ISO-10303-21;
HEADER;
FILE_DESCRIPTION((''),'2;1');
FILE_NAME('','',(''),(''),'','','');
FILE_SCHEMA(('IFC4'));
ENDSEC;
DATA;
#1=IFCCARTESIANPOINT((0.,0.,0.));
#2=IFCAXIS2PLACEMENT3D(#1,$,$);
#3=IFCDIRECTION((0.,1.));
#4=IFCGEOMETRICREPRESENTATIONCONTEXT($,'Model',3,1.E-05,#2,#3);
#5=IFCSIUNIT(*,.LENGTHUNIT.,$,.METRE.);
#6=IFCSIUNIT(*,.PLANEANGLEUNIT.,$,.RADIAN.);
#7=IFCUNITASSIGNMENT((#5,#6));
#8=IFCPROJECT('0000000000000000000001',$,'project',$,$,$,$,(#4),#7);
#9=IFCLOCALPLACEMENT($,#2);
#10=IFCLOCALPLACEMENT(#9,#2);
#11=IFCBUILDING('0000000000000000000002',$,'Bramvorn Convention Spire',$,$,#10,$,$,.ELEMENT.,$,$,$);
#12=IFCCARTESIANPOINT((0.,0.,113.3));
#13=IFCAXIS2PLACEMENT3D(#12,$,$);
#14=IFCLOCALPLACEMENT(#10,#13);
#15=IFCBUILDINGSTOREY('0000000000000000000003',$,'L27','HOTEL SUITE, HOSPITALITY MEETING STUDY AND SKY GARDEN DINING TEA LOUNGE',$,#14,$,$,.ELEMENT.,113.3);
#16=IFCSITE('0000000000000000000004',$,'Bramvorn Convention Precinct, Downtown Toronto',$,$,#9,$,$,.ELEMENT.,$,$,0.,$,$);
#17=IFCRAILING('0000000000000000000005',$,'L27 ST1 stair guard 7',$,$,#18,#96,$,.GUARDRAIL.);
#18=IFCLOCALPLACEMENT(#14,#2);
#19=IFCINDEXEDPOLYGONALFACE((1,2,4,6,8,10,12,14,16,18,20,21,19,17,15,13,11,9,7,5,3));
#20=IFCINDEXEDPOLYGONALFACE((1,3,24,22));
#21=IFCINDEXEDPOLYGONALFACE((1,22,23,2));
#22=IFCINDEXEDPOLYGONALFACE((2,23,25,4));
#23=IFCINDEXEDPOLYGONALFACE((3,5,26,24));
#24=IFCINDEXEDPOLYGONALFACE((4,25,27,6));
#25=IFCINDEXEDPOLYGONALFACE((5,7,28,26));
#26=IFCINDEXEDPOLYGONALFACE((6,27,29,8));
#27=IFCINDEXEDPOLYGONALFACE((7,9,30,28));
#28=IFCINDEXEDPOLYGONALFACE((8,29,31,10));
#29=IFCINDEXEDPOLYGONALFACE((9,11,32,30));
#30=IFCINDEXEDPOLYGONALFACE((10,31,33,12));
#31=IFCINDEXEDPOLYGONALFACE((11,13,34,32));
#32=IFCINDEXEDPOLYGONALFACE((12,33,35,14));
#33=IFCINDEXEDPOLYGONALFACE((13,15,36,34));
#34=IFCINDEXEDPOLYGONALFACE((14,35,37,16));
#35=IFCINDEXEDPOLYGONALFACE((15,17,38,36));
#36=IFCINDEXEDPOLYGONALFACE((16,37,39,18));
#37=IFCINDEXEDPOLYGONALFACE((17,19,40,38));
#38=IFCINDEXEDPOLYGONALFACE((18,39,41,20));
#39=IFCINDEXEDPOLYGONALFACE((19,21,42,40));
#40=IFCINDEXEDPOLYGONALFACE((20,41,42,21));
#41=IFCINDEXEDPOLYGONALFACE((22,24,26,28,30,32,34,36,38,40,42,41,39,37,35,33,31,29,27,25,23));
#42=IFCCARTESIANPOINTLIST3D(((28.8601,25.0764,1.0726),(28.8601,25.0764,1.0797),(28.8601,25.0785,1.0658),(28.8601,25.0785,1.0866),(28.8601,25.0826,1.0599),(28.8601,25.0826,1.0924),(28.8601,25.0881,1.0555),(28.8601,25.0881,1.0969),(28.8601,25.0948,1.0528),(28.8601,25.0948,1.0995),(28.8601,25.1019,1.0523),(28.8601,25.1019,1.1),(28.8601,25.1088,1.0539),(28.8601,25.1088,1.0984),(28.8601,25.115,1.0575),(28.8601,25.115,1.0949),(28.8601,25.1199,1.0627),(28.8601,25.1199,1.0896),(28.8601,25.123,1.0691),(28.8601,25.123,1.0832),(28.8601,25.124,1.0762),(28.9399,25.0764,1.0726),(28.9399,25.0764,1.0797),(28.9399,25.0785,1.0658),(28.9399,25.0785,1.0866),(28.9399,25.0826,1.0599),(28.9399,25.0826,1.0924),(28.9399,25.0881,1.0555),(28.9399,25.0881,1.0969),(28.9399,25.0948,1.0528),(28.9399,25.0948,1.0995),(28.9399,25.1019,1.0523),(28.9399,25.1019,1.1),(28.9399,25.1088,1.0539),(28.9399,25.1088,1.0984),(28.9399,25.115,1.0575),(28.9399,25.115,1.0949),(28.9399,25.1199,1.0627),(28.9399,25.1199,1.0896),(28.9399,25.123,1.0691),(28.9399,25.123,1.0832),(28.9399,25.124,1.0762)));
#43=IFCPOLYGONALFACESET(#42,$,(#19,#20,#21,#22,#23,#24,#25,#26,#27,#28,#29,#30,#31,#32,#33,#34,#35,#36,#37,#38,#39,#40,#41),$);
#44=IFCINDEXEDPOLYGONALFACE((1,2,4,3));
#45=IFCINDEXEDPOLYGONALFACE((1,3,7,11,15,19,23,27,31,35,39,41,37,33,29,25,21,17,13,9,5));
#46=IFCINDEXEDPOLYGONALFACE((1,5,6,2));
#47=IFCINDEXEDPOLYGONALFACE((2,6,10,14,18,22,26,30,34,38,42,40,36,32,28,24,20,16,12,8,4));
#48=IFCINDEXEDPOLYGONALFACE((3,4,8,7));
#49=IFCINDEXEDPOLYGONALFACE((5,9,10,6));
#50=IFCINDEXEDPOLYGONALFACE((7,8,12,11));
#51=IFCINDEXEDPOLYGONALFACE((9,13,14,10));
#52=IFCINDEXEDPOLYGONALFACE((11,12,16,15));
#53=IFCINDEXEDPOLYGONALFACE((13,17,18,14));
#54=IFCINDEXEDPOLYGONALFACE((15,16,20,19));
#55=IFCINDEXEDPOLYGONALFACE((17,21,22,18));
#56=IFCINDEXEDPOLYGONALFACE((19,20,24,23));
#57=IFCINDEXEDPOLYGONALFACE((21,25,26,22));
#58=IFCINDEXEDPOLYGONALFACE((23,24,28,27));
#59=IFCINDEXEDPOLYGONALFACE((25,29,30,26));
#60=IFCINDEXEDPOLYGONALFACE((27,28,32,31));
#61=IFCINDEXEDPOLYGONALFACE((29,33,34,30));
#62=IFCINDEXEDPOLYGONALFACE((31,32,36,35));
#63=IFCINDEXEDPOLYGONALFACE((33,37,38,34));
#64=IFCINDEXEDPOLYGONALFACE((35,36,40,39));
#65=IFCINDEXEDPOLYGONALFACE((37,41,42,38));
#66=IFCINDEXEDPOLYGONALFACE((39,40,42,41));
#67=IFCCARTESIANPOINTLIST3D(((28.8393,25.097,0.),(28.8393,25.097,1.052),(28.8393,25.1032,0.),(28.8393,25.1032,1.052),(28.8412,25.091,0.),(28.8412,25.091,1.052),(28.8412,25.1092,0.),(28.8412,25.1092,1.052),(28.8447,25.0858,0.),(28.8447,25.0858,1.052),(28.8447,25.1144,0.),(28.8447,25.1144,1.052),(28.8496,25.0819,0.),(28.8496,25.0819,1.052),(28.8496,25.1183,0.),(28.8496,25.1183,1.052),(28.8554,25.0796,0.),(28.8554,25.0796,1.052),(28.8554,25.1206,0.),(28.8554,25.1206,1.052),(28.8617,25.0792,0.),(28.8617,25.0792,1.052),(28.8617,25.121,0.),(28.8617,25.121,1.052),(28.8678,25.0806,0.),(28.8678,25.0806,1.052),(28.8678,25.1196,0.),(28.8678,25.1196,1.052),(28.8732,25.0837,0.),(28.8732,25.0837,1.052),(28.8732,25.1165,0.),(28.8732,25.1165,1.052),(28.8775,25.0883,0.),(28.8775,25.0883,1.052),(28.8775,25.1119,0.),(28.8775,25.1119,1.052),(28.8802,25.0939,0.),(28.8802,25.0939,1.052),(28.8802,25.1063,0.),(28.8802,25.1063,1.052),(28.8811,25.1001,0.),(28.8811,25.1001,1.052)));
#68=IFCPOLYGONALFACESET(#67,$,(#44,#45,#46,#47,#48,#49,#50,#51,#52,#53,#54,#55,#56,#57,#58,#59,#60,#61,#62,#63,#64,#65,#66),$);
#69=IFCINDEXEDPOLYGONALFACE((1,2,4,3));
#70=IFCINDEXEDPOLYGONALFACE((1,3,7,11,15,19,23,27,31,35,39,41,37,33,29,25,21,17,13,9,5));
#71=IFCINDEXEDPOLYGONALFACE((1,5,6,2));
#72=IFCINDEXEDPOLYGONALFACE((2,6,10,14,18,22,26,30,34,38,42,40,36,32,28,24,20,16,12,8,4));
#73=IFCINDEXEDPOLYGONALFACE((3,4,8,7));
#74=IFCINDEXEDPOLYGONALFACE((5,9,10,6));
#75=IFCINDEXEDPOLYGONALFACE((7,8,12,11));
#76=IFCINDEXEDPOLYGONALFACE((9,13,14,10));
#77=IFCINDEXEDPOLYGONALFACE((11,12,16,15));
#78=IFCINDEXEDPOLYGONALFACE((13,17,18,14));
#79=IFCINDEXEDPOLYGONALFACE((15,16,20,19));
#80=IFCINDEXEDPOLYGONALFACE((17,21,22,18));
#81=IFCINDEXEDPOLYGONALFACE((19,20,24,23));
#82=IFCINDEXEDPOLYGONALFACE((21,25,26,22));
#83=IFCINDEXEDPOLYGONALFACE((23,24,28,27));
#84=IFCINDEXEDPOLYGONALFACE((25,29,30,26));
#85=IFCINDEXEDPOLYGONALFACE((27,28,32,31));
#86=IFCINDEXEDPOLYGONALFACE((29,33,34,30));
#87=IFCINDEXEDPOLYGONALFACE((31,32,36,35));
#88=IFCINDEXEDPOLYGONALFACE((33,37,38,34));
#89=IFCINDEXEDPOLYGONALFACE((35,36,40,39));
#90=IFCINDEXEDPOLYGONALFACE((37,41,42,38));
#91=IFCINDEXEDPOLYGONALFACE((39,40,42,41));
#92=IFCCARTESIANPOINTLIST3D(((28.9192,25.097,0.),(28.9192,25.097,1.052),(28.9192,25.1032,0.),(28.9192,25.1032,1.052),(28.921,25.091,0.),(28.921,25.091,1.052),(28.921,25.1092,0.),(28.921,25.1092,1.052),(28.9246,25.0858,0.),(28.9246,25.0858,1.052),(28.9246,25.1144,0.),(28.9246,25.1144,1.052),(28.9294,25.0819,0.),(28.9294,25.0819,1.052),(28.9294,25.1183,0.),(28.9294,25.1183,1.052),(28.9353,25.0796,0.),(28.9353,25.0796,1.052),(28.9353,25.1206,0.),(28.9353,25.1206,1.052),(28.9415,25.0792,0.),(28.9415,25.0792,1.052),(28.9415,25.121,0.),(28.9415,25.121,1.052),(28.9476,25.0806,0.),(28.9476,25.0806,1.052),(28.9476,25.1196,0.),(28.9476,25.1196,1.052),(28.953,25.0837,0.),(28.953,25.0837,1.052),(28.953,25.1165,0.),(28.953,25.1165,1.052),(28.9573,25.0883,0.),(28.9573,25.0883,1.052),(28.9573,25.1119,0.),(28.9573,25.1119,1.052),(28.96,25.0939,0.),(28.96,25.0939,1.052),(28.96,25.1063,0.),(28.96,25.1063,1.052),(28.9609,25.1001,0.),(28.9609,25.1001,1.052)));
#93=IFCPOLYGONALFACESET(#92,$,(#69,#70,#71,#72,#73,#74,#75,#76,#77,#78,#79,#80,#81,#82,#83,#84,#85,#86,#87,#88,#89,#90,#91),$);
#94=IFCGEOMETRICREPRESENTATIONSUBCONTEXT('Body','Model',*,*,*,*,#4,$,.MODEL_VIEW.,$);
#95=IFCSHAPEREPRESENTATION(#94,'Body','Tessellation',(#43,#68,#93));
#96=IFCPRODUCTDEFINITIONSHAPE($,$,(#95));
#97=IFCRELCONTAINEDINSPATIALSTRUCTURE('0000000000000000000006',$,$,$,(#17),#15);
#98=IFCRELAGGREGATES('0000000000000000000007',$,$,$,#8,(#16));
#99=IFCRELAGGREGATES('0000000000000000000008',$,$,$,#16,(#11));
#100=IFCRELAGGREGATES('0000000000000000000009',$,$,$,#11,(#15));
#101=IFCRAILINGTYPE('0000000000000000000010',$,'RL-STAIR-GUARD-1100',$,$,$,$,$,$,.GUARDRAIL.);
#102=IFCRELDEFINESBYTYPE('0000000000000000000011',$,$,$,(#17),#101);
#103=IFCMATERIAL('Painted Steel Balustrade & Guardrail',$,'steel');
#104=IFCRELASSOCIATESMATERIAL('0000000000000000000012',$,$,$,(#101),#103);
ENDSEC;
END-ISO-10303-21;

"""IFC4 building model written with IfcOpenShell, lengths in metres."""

from ifc_helpers import new_model, si_unit, direction, frame, origin, origin_2d, place, context, subcontext, project, spatial, circle, extrude, material, type_object, element, save


model = new_model("IFC4")

# Units and contexts
model_context = context("Model", 3, precision=1e-05, world=origin(), true_north=direction((0.0, 1.0)))
body_context = subcontext(model_context, "Body", "Model", "MODEL_VIEW")
ifc_project = project(units=[si_unit("LENGTHUNIT", "METRE"), si_unit("PLANEANGLEUNIT", "RADIAN")], contexts=[model_context])

# Site, building, storey
site_placement = place(None, origin())
site = spatial("IfcSite", under=ifc_project, at=site_placement, Name="Bramvorn Convention Precinct, Downtown Toronto", CompositionType="ELEMENT", RefElevation=0.0)
building_placement = place(site_placement, origin())
building = spatial("IfcBuilding", under=site, at=building_placement, Name="Bramvorn Convention Spire", CompositionType="ELEMENT")
storey_placement = place(building_placement, frame((0.0, 0.0, 113.3)))
storey = spatial("IfcBuildingStorey", under=building, at=storey_placement, Name="L27", Description="HOTEL SUITE, HOSPITALITY MEETING STUDY AND SKY GARDEN DINING TEA LOUNGE", CompositionType="ELEMENT", Elevation=113.3)

# Railing
ifc_material_1 = material(Name="Painted Steel Balustrade & Guardrail", Category="steel")
railing_type_1 = type_object("IfcRailingType", Name="RL-STAIR-GUARD-1100", PredefinedType="GUARDRAIL", material=ifc_material_1)
railing_1_placement = place(storey_placement, frame((28.8601, 25.1001, 0.0)))
element("IfcRailing", 1, at=railing_1_placement, inside=storey, type_object=railing_type_1, Name="L27 ST1 stair guard 7", PredefinedType="GUARDRAIL", context=body_context, shape_type="SweptSolid", body=[
    extrude(circle(Radius=0.0239, at=origin_2d()), frame((0.0, 0.0, 1.0762), z_axis=(1.0, 0.0, 0.0), x_axis=(0.0, 1.0, 0.0)), (0.0, 0.0, 1.0), 0.0798),
    extrude(circle(Radius=0.021, at=origin_2d()), origin(), (0.0, 0.0, 1.0), 1.052),
    extrude(circle(Radius=0.021, at=origin_2d()), frame((0.0798, 0.0, 0.0)), (0.0, 0.0, 1.0), 1.052),
])

save(model, "model.ifc")
